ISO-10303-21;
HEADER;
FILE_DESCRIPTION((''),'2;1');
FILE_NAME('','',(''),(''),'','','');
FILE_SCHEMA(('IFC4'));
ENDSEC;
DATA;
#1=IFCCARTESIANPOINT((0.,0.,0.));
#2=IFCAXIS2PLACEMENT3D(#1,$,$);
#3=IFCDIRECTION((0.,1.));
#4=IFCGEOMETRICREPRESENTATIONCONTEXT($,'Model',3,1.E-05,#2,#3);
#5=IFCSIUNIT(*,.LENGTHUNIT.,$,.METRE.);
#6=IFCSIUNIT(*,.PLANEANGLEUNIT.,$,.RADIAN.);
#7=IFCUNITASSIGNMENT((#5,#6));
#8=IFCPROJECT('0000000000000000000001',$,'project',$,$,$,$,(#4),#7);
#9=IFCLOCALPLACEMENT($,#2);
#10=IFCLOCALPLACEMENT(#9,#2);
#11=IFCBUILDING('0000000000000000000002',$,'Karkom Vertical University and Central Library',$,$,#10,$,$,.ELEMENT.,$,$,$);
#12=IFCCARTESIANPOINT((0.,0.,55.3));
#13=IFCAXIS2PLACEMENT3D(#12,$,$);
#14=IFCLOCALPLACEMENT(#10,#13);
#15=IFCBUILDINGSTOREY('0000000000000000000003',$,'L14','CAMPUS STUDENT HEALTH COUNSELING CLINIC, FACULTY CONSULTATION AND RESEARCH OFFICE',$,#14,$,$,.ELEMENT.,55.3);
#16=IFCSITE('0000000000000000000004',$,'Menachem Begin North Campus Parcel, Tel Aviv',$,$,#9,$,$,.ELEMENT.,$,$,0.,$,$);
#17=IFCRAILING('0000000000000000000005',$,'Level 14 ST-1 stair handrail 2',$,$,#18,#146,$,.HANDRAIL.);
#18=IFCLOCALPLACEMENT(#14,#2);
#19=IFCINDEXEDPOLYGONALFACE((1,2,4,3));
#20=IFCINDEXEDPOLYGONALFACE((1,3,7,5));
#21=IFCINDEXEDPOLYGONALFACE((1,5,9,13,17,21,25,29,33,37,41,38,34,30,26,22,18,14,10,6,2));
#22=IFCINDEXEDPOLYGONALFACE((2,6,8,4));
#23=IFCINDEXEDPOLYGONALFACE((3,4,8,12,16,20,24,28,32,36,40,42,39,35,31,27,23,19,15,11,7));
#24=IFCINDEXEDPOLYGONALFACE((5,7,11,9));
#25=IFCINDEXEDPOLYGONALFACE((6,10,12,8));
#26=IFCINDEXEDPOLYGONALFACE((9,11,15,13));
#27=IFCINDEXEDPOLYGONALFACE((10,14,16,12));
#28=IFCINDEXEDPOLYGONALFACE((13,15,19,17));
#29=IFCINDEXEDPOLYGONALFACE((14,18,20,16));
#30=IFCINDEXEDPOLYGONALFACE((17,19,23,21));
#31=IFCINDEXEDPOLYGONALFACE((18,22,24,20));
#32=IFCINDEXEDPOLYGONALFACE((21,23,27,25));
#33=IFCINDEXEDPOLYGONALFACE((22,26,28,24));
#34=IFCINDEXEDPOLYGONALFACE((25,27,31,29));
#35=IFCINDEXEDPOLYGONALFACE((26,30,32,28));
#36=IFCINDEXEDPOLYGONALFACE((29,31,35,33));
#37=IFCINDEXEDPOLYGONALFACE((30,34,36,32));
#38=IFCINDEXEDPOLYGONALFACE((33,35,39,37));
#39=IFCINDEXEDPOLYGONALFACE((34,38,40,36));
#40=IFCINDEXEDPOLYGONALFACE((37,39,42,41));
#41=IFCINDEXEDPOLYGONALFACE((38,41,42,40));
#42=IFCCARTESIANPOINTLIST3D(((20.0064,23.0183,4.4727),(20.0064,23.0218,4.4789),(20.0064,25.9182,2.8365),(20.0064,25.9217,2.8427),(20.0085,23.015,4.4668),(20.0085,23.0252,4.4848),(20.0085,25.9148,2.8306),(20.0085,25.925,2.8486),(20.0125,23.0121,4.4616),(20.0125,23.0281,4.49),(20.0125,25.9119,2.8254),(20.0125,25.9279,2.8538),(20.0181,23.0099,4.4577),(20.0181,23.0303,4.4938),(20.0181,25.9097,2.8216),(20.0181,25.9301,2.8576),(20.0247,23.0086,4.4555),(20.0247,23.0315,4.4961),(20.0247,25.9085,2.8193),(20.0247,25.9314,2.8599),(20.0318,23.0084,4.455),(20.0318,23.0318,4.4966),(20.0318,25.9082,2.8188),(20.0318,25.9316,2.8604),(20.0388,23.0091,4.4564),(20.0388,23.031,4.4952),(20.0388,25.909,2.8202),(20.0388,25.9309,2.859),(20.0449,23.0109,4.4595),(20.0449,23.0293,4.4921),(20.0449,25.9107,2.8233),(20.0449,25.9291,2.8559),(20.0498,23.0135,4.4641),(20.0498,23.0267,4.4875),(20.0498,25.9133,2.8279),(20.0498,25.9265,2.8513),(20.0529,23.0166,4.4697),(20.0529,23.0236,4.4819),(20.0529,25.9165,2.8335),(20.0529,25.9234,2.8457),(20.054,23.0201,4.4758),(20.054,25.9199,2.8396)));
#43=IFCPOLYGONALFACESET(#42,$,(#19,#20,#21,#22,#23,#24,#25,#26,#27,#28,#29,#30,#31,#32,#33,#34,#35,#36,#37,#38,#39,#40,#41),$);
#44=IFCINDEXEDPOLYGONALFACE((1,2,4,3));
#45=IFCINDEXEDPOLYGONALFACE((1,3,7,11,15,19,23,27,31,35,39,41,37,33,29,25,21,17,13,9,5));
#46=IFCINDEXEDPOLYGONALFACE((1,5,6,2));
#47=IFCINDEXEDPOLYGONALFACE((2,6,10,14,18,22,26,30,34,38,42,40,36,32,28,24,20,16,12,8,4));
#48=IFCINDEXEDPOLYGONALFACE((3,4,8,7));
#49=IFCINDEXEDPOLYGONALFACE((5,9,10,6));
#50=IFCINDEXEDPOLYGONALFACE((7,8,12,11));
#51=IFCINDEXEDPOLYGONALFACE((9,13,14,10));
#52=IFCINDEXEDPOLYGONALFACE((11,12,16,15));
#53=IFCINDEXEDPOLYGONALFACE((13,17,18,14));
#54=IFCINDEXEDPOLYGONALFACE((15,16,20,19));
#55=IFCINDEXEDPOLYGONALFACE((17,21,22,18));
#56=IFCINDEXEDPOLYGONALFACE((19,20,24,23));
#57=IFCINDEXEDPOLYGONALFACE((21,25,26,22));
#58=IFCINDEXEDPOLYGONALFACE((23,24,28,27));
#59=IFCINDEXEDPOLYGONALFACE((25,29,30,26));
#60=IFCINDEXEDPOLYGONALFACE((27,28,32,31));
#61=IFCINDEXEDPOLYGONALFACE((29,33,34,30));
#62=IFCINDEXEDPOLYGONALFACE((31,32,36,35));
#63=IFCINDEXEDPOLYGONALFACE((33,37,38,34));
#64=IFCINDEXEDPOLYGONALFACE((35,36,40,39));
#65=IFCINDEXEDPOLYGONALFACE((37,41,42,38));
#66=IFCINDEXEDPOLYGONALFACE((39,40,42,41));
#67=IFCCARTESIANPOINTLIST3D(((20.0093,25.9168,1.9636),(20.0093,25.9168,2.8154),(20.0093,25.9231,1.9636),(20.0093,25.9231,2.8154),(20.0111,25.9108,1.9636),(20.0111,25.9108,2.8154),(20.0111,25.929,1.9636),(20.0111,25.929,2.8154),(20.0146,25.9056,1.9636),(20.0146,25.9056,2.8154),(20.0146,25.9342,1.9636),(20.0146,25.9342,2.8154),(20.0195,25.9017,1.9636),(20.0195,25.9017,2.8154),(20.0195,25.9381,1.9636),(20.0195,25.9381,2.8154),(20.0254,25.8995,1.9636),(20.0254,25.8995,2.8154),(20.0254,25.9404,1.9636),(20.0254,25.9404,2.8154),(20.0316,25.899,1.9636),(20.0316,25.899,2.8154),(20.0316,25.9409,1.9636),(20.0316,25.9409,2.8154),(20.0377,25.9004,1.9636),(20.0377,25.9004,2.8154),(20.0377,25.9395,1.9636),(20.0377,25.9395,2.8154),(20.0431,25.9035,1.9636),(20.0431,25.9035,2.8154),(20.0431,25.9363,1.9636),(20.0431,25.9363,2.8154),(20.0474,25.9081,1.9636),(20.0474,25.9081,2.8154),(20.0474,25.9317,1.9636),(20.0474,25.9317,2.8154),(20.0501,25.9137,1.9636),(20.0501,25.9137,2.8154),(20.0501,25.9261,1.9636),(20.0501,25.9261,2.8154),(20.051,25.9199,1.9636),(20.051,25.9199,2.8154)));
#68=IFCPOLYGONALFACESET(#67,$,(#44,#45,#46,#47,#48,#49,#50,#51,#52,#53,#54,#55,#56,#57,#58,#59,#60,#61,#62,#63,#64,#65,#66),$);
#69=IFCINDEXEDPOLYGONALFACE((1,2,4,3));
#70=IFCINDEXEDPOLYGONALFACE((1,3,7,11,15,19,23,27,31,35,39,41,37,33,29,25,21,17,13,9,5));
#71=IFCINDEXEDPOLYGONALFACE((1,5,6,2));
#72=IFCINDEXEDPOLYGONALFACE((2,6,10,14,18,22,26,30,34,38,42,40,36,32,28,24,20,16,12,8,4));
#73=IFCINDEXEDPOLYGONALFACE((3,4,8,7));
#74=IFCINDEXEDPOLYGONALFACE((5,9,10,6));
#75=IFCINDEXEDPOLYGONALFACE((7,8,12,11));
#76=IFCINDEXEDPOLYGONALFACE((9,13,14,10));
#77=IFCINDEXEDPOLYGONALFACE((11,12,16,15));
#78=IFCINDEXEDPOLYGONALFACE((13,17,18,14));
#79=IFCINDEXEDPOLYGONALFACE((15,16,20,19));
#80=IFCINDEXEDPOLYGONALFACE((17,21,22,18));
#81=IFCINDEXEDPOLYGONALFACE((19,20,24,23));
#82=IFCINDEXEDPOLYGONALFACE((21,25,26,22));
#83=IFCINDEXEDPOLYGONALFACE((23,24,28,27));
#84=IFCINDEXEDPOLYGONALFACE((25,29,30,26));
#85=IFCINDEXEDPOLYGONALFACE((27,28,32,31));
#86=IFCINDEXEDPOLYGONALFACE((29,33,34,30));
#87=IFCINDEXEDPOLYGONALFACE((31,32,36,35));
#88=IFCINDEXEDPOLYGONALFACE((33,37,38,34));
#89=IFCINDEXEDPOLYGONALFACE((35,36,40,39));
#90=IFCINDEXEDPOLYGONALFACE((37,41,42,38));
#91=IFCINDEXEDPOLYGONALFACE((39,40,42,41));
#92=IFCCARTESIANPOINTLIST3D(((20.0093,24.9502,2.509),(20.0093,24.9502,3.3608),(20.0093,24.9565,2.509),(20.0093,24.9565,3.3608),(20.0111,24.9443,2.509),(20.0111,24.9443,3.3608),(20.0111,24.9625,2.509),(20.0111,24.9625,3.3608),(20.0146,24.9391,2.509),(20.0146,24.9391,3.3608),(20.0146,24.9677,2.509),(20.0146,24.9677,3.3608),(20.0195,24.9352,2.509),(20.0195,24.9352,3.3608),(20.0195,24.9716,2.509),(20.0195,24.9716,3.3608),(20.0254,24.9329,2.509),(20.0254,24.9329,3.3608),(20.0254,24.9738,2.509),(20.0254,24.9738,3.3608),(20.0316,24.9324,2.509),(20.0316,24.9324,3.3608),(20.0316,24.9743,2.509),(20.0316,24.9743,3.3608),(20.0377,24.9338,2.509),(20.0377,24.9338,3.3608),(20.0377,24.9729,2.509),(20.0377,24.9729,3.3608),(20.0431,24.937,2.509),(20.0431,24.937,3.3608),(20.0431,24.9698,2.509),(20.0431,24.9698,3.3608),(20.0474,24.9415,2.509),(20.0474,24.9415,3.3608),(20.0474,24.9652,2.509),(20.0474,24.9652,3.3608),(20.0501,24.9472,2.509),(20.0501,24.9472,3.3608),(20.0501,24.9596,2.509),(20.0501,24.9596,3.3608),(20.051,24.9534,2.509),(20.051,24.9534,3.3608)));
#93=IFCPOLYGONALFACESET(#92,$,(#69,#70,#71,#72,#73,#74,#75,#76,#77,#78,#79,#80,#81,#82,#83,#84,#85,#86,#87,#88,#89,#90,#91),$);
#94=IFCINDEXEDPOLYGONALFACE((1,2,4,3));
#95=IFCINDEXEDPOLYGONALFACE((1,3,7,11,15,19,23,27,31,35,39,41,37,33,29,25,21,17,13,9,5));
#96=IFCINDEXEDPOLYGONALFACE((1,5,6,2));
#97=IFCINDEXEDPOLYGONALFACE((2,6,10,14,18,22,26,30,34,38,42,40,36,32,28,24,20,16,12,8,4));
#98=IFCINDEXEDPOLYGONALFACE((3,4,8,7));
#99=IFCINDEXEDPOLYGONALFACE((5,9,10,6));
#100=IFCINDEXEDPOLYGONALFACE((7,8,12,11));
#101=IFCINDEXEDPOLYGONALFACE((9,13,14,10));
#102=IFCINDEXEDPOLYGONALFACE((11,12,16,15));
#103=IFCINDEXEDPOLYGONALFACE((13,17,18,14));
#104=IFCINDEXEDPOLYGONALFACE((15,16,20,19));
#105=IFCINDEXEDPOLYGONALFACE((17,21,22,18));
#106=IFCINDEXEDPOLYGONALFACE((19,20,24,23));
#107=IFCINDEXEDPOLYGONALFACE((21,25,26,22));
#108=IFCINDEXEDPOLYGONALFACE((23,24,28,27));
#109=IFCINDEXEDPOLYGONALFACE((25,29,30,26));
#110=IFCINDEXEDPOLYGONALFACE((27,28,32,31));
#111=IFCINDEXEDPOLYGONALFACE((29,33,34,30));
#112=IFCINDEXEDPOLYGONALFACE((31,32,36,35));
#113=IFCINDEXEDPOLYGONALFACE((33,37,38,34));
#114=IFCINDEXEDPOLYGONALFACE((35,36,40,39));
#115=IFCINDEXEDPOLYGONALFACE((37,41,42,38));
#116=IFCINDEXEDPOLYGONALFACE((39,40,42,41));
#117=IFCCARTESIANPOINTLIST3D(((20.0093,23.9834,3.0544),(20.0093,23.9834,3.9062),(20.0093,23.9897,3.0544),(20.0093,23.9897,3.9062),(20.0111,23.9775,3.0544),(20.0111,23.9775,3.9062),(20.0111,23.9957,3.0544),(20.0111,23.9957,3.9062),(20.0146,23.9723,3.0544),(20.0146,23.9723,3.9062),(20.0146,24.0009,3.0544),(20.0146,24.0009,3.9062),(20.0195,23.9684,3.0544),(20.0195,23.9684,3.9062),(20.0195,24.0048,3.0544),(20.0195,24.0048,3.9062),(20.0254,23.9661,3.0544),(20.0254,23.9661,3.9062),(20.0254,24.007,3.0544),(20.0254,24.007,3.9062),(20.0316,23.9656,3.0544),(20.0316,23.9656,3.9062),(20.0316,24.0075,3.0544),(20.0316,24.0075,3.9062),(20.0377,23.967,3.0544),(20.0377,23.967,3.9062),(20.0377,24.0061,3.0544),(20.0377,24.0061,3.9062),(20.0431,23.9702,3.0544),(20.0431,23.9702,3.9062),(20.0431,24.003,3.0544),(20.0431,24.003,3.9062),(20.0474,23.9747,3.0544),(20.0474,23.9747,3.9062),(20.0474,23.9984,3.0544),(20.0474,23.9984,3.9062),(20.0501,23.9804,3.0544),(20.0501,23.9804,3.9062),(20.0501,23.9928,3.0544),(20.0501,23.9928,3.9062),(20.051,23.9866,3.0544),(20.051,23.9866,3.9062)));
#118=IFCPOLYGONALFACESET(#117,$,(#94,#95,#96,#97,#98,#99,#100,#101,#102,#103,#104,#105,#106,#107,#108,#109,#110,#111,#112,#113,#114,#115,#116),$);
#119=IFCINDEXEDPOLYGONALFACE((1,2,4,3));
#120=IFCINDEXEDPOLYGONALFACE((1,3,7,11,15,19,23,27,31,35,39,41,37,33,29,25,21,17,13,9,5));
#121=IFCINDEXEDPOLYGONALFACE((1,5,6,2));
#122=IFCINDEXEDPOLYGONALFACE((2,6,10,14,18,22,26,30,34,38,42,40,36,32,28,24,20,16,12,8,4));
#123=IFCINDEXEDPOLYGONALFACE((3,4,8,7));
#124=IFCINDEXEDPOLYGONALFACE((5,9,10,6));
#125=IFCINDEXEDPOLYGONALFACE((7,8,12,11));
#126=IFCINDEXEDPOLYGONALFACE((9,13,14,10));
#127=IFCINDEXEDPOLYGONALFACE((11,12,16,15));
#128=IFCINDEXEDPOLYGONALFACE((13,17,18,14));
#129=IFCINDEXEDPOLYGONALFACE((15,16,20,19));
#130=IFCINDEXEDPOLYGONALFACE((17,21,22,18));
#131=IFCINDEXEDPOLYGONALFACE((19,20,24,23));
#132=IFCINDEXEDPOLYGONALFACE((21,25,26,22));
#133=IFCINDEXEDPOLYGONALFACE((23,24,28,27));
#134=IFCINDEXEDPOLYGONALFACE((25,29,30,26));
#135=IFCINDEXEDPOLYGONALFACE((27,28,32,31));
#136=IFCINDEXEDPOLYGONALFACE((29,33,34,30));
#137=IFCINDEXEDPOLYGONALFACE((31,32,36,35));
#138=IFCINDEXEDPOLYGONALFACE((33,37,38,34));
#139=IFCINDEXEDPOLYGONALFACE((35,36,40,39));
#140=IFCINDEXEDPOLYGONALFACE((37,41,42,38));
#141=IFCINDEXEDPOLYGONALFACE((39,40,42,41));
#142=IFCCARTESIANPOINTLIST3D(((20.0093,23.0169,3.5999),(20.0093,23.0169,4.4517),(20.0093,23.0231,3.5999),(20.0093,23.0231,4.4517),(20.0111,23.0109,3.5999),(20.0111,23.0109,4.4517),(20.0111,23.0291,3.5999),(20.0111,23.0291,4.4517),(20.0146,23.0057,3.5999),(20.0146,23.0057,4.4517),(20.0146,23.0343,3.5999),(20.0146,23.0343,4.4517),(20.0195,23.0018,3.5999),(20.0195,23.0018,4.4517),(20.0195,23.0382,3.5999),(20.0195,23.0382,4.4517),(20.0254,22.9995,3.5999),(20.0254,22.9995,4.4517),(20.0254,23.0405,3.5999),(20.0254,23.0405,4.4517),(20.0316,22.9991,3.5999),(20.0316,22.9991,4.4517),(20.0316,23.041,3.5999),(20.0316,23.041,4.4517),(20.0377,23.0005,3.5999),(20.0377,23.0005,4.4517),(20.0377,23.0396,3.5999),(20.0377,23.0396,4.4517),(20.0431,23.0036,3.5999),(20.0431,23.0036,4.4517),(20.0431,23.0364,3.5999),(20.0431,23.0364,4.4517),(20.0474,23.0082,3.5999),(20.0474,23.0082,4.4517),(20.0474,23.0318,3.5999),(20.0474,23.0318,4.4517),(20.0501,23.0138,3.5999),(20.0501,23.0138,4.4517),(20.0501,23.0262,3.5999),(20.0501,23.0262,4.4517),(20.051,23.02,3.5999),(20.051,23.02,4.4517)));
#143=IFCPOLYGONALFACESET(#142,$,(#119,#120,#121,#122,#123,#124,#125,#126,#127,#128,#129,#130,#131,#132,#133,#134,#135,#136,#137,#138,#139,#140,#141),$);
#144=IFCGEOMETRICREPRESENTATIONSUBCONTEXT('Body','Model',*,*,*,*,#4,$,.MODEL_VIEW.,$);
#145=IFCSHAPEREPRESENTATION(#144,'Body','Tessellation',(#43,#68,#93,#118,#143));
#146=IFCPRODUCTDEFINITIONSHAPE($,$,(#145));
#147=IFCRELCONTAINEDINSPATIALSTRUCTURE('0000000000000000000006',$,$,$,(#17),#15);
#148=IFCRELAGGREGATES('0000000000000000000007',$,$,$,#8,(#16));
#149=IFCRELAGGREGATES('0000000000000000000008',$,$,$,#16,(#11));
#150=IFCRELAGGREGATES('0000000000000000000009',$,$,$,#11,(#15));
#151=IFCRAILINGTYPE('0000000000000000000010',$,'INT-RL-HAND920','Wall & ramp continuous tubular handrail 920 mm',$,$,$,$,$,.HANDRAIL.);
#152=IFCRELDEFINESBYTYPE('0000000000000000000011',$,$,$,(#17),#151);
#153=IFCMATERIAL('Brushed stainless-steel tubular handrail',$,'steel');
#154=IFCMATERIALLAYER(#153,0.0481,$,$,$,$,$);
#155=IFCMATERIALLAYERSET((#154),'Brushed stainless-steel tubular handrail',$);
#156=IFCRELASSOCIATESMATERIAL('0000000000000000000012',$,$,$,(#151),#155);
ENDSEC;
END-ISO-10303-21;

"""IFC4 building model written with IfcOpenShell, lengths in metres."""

from ifc_helpers import new_model, si_unit, direction, frame, origin, origin_2d, place, context, subcontext, project, spatial, circle, extrude, material, layer, layer_set, type_object, element, save


model = new_model("IFC4")

# Units and contexts
model_context = context("Model", 3, precision=1e-05, world=origin(), true_north=direction((0.0, 1.0)))
body_context = subcontext(model_context, "Body", "Model", "MODEL_VIEW")
ifc_project = project(units=[si_unit("LENGTHUNIT", "METRE"), si_unit("PLANEANGLEUNIT", "RADIAN")], contexts=[model_context])

# Site, building, storey
site_placement = place(None, origin())
site = spatial("IfcSite", under=ifc_project, at=site_placement, Name="Menachem Begin North Campus Parcel, Tel Aviv", CompositionType="ELEMENT", RefElevation=0.0)
building_placement = place(site_placement, origin())
building = spatial("IfcBuilding", under=site, at=building_placement, Name="Karkom Vertical University and Central Library", CompositionType="ELEMENT")
storey_placement = place(building_placement, frame((0.0, 0.0, 55.3)))
storey = spatial("IfcBuildingStorey", under=building, at=storey_placement, Name="L14", Description="CAMPUS STUDENT HEALTH COUNSELING CLINIC, FACULTY CONSULTATION AND RESEARCH OFFICE", CompositionType="ELEMENT", Elevation=55.3)

# Railing
ifc_material_1 = material(Name="Brushed stainless-steel tubular handrail", Category="steel")
ifc_layer_1 = layer(ifc_material_1, 0.0481)
ifc_layer_set_1 = layer_set([ifc_layer_1], Name="Brushed stainless-steel tubular handrail")
railing_type_1 = type_object("IfcRailingType", Name="INT-RL-HAND920", Description="Wall & ramp continuous tubular handrail 920 mm", PredefinedType="HANDRAIL", material=ifc_layer_set_1)
railing_1_placement = place(storey_placement, frame((20.03, 25.9199, 1.9636)))
element("IfcRailing", 1, at=railing_1_placement, inside=storey, type_object=railing_type_1, Name="Level 14 ST-1 stair handrail 2", PredefinedType="HANDRAIL", context=body_context, shape_type="SweptSolid", body=[
    extrude(circle(Radius=0.0239, at=origin_2d()), frame((0.0, 0.0, 0.876), z_axis=(0.0, -0.870929, 0.49141), x_axis=(1.0, 0.0, 0.0)), (0.0, 0.0, 1.0), 3.3296),
    extrude(circle(Radius=0.021, at=origin_2d()), origin(), (0.0, 0.0, 1.0), 0.8518),
    extrude(circle(Radius=0.021, at=origin_2d()), frame((0.0, -0.9666, 0.5454)), (0.0, 0.0, 1.0), 0.8518),
    extrude(circle(Radius=0.021, at=origin_2d()), frame((0.0, -1.9333, 1.0908)), (0.0, 0.0, 1.0), 0.8518),
    extrude(circle(Radius=0.021, at=origin_2d()), frame((0.0, -2.8999, 1.6362)), (0.0, 0.0, 1.0), 0.8518),
])

save(model, "model.ifc")
